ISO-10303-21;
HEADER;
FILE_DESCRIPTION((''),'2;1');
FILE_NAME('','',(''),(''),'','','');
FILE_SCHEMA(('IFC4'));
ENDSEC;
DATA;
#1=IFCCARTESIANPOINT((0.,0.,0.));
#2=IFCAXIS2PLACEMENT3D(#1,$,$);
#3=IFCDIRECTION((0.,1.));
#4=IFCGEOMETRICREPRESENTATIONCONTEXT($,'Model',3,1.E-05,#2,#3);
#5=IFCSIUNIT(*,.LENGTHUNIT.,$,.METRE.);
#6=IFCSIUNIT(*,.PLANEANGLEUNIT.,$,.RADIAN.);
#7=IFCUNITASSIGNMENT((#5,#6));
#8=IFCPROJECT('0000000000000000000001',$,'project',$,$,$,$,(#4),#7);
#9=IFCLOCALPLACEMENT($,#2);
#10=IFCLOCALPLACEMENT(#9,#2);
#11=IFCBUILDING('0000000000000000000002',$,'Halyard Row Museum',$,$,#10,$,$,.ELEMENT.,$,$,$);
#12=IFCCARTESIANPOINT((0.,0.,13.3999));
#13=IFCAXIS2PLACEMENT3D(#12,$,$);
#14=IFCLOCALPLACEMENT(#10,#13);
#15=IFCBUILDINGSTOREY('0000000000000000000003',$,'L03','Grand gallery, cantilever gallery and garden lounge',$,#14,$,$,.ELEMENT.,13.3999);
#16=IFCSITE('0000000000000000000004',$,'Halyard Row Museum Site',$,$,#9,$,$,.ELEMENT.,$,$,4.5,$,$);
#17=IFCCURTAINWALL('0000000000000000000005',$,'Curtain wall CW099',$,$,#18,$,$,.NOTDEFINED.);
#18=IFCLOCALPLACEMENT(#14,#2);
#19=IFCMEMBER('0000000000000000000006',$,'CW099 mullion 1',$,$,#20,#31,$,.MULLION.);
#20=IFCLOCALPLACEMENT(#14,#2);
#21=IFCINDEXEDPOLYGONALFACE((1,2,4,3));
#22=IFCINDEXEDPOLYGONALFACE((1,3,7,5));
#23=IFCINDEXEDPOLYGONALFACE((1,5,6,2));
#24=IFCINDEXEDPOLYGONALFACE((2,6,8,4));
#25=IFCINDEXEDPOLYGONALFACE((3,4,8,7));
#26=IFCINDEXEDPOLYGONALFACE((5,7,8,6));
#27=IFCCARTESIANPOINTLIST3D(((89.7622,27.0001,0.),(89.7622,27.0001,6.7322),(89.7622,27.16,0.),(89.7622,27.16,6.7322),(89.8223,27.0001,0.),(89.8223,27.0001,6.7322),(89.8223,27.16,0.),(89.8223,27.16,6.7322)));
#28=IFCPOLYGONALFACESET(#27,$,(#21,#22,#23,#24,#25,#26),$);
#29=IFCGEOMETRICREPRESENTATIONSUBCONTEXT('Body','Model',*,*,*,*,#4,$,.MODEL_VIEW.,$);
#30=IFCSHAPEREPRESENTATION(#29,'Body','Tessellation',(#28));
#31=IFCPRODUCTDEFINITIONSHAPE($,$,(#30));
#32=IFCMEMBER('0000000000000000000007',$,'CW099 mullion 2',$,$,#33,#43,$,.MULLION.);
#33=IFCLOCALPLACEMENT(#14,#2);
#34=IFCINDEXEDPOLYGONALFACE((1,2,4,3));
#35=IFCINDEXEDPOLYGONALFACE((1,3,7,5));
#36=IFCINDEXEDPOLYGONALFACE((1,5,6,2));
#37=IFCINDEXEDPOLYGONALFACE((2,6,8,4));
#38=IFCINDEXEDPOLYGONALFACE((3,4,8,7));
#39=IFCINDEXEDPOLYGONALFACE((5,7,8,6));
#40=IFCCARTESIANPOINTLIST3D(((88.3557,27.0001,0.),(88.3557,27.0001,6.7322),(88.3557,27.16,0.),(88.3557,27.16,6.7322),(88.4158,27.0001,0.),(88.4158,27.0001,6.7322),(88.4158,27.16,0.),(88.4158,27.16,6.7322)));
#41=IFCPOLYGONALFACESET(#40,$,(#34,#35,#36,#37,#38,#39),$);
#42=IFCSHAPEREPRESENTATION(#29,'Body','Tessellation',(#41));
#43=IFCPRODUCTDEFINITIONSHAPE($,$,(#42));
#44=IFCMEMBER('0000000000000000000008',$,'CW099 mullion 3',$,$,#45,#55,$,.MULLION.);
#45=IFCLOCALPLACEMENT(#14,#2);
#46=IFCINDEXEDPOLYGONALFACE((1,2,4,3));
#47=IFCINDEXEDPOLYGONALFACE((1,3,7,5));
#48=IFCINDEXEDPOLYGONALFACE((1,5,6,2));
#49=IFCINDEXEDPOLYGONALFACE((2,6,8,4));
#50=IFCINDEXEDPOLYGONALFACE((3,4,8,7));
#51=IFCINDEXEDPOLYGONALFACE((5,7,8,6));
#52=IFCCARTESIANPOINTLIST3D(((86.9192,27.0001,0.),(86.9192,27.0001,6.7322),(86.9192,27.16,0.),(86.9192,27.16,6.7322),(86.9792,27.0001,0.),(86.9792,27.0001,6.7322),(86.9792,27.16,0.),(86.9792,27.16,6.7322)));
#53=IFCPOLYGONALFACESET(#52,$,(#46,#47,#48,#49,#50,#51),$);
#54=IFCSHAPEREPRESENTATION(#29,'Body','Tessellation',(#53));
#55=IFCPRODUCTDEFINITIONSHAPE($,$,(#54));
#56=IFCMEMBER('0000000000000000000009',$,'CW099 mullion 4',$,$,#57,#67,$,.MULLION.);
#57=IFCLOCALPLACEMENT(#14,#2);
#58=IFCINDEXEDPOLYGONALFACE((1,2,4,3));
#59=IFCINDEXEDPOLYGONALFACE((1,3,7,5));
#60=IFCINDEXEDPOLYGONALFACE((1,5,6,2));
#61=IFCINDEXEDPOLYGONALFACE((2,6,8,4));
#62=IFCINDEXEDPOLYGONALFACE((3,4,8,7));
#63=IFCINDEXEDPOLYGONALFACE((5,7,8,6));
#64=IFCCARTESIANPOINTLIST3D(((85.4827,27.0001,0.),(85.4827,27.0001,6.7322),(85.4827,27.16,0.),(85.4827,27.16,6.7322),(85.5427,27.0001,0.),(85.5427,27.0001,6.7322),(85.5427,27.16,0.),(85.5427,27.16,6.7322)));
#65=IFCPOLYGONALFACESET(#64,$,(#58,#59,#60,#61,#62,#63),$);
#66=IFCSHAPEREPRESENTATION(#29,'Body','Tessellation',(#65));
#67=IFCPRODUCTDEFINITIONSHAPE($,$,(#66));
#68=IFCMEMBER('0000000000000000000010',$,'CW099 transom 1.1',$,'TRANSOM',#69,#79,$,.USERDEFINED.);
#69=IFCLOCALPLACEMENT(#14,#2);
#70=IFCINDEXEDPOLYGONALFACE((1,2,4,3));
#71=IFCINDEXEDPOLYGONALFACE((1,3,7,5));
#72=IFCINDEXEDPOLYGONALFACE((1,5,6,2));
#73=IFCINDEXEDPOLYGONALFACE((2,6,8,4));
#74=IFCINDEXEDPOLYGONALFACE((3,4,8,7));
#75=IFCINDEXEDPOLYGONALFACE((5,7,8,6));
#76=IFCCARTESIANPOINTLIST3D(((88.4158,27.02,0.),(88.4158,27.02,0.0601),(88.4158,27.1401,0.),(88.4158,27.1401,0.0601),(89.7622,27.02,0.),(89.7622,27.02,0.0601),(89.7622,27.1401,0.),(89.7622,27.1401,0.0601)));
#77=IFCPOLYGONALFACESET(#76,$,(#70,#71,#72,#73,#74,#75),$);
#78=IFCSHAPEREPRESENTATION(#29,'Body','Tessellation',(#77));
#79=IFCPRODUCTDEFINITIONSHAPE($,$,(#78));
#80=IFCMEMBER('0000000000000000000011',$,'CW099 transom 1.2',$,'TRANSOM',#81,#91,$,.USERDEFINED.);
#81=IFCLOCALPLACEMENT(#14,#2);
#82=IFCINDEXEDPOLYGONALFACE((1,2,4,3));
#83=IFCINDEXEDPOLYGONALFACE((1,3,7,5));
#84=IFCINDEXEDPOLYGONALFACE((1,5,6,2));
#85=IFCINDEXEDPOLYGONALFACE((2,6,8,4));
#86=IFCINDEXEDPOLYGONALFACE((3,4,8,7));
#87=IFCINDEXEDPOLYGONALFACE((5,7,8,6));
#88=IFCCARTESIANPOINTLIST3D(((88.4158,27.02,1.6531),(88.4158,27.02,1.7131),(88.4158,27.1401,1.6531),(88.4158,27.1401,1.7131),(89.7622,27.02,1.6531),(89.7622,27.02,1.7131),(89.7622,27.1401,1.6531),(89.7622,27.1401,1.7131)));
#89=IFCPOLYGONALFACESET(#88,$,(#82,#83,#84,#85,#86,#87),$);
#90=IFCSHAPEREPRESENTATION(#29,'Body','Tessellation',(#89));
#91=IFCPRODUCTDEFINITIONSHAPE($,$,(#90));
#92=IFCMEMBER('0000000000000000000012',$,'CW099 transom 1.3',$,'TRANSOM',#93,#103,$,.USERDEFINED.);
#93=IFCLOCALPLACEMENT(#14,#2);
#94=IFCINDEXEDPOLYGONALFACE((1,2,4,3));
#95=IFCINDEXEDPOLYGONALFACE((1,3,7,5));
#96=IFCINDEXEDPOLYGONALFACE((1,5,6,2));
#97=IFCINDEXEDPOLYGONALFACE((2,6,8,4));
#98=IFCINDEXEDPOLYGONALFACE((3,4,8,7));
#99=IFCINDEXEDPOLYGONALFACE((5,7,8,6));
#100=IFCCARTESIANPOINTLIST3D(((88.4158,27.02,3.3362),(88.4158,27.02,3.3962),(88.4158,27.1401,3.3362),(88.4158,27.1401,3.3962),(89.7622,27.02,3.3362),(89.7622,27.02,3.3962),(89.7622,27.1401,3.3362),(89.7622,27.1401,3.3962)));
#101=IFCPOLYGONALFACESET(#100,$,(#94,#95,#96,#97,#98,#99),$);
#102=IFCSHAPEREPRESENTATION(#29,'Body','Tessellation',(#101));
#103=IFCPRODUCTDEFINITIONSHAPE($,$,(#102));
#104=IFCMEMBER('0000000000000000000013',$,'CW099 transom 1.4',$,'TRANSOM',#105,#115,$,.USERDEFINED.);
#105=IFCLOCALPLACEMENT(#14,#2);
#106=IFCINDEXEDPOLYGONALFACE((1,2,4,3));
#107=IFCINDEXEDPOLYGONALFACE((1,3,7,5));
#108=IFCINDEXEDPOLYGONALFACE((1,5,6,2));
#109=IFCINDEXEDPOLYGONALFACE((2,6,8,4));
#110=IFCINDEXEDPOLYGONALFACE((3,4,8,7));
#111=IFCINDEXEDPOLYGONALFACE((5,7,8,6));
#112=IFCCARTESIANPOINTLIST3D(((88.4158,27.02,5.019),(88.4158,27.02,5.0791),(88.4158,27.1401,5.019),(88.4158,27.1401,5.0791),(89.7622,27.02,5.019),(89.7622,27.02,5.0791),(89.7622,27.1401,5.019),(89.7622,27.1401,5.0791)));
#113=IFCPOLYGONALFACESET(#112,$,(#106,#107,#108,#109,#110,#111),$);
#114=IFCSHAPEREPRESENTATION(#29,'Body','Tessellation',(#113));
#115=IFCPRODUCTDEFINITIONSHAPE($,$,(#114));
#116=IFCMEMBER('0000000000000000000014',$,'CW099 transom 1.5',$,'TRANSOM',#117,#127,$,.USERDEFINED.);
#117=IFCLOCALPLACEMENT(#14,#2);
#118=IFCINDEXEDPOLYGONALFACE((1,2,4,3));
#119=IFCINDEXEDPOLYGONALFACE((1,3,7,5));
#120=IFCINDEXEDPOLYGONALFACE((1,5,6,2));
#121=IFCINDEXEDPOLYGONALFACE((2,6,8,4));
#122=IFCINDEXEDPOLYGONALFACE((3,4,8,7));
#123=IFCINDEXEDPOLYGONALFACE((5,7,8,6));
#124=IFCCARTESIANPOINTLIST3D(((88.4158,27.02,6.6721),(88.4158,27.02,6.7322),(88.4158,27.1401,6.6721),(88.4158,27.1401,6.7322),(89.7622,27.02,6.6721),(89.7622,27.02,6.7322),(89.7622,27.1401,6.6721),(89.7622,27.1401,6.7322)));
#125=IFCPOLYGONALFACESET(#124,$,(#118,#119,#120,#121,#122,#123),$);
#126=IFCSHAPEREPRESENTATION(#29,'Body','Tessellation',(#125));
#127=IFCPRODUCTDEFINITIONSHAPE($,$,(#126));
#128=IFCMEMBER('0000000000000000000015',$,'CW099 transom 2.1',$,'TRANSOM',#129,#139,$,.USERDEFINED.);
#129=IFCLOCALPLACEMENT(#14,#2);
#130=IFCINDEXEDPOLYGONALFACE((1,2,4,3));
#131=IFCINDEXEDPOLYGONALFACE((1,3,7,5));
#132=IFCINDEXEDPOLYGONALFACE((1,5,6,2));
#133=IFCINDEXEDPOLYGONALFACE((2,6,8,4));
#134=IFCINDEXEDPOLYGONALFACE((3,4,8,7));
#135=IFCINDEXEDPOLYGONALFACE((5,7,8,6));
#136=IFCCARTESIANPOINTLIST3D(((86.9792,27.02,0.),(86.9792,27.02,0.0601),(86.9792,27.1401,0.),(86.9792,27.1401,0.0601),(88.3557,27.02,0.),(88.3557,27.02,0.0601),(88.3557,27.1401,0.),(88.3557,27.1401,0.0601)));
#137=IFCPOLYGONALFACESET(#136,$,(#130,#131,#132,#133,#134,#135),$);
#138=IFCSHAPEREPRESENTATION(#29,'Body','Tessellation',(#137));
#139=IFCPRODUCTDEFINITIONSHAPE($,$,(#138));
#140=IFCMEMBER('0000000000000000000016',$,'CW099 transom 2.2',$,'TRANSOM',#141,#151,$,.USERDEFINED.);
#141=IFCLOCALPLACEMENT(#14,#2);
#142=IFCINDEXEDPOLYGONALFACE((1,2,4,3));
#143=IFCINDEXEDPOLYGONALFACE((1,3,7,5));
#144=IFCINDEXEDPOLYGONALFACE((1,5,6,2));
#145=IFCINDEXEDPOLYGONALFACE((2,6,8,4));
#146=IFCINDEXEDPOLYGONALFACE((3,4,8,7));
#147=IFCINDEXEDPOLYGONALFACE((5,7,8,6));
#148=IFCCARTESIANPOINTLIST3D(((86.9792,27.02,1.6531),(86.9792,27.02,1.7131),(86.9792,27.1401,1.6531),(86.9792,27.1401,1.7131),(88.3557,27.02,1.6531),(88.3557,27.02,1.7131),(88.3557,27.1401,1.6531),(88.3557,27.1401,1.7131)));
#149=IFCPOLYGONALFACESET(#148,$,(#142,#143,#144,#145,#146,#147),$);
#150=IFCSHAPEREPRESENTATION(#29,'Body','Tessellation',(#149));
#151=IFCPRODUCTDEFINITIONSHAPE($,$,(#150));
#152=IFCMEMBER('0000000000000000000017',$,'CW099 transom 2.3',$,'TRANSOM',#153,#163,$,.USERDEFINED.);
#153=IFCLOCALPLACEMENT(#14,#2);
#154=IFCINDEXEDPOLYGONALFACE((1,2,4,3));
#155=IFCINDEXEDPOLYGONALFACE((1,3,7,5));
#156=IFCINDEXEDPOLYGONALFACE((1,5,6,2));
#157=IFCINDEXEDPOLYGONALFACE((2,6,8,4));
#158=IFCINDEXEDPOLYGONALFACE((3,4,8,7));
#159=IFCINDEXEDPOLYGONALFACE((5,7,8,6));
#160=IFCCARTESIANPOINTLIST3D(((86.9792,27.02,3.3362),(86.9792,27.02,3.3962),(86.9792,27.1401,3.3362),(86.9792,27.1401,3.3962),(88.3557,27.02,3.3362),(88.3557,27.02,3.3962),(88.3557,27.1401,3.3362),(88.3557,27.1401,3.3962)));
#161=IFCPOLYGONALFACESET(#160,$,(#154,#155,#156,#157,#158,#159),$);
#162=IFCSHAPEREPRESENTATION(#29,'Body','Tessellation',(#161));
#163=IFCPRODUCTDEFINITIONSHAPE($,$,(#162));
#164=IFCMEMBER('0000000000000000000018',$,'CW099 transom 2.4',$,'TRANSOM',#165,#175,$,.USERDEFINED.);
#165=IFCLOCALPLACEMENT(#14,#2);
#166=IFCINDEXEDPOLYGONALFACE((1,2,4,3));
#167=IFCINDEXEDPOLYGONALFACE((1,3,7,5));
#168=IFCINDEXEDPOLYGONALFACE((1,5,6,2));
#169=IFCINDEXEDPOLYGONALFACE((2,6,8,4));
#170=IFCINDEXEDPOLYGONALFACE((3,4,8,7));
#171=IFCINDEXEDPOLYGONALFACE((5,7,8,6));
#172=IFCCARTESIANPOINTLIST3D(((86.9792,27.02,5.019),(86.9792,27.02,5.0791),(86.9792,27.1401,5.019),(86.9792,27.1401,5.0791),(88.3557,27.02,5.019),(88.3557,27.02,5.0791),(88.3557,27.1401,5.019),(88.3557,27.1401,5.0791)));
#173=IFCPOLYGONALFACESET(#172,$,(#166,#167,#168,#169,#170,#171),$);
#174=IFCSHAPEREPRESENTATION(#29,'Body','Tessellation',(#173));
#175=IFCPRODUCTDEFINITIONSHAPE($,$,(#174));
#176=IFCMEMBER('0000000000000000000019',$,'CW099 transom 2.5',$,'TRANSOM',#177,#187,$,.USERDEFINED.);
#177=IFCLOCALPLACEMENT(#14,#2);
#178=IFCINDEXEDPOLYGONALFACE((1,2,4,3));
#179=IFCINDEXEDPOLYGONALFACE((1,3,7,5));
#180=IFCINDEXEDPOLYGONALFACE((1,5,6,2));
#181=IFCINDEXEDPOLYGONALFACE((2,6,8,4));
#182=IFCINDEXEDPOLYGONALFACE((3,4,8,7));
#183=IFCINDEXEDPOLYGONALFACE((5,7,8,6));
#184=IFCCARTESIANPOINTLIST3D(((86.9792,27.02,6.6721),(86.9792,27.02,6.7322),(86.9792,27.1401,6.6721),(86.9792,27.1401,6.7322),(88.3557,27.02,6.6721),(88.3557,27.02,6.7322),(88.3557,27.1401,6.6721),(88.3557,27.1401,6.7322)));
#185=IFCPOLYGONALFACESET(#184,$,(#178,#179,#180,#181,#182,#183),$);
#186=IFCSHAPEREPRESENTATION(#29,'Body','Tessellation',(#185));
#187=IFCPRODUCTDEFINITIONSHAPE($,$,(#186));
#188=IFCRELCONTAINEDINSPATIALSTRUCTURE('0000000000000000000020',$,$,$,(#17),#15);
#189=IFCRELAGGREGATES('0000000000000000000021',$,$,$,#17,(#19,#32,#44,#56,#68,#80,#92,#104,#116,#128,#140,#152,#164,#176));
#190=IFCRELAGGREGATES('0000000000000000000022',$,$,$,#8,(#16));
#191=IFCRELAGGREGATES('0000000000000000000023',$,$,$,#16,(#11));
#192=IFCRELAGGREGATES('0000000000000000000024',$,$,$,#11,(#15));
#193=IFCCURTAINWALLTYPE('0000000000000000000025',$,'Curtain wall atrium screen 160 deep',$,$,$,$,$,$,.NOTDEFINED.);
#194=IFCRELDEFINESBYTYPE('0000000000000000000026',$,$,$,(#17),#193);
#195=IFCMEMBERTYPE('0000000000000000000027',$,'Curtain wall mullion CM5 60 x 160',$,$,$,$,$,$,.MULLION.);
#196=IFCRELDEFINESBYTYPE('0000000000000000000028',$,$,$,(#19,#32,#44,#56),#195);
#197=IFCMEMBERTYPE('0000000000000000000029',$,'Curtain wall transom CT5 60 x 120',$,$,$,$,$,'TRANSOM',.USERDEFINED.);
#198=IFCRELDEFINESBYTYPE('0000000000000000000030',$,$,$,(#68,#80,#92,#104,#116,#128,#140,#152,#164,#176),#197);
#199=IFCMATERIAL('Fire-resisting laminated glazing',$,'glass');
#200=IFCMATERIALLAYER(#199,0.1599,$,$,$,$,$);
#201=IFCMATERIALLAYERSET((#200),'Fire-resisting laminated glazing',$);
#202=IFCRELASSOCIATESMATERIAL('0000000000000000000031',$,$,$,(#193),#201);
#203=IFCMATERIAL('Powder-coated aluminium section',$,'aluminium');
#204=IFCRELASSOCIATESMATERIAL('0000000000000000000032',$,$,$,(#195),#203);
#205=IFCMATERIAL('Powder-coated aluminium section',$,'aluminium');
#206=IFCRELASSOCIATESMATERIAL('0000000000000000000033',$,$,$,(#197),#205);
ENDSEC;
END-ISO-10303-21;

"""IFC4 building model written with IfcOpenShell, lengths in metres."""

from ifc_helpers import new_model, si_unit, direction, frame, origin, origin_2d, place, context, subcontext, project, spatial, rectangle, extrude, material, layer, layer_set, material_profile, profile_set, type_object, element, aggregate, save


model = new_model("IFC4")

# Units and contexts
model_context = context("Model", 3, precision=1e-05, world=origin(), true_north=direction((0.0, 1.0)))
body_context = subcontext(model_context, "Body", "Model", "MODEL_VIEW")
ifc_project = project(units=[si_unit("LENGTHUNIT", "METRE"), si_unit("PLANEANGLEUNIT", "RADIAN")], contexts=[model_context])

# Site, building, storey
site_placement = place(None, origin())
site = spatial("IfcSite", under=ifc_project, at=site_placement, Name="Halyard Row Museum Site", CompositionType="ELEMENT", RefElevation=4.5)
building_placement = place(site_placement, origin())
building = spatial("IfcBuilding", under=site, at=building_placement, Name="Halyard Row Museum", CompositionType="ELEMENT")
storey_placement = place(building_placement, frame((0.0, 0.0, 13.3999)))
storey = spatial("IfcBuildingStorey", under=building, at=storey_placement, Name="L03", Description="Grand gallery, cantilever gallery and garden lounge", CompositionType="ELEMENT", Elevation=13.3999)

# Curtain wall, members
ifc_material_1 = material(Name="Fire-resisting laminated glazing", Category="glass")
ifc_layer_1 = layer(ifc_material_1, 0.1599)
ifc_layer_set_1 = layer_set([ifc_layer_1], Name="Fire-resisting laminated glazing")
curtain_wall_type = type_object("IfcCurtainWallType", Name="Curtain wall atrium screen 160 deep", PredefinedType="NOTDEFINED", material=ifc_layer_set_1)
curtain_wall_placement = place(storey_placement, origin())
curtain_wall = element("IfcCurtainWall", 1, at=curtain_wall_placement, inside=storey, type_object=curtain_wall_type, Name="Curtain wall CW099", PredefinedType="NOTDEFINED")
ifc_material_2 = material(Name="Powder-coated aluminium section", Category="aluminium")
ifc_material_profile_1 = material_profile(ifc_material_2, rectangle(XDim=0.1599, YDim=0.0601, at=origin_2d()), Name="160x60 mullion")
ifc_profile_set_1 = profile_set([ifc_material_profile_1], Name="Powder-coated aluminium section")
member_type_1 = type_object("IfcMemberType", Name="Curtain wall mullion CM5 60 x 160", PredefinedType="MULLION", material=ifc_profile_set_1)
member_1_placement = place(storey_placement, frame((89.7922, 27.0801, 0.0), z_axis=(0.0, 0.0, 1.0), x_axis=(0.0, -1.0, 0.0)))
member_1 = element("IfcMember", 2, at=member_1_placement, type_object=member_type_1, Name="CW099 mullion 1", PredefinedType="MULLION", context=body_context, shape_type="SweptSolid", body=[
    extrude(rectangle(XDim=0.1599, YDim=0.0601, at=origin_2d()), origin(), (0.0, 0.0, 1.0), 6.7322),
])
member_2_placement = place(storey_placement, frame((88.3857, 27.0801, 0.0), z_axis=(0.0, 0.0, 1.0), x_axis=(0.0, -1.0, 0.0)))
member_2 = element("IfcMember", 3, at=member_2_placement, type_object=member_type_1, Name="CW099 mullion 2", PredefinedType="MULLION", context=body_context, shape_type="SweptSolid", body=[
    extrude(rectangle(XDim=0.1599, YDim=0.0601, at=origin_2d()), origin(), (0.0, 0.0, 1.0), 6.7322),
])
member_3_placement = place(storey_placement, frame((86.9492, 27.0801, 0.0), z_axis=(0.0, 0.0, 1.0), x_axis=(0.0, -1.0, 0.0)))
member_3 = element("IfcMember", 4, at=member_3_placement, type_object=member_type_1, Name="CW099 mullion 3", PredefinedType="MULLION", context=body_context, shape_type="SweptSolid", body=[
    extrude(rectangle(XDim=0.1599, YDim=0.0601, at=origin_2d()), origin(), (0.0, 0.0, 1.0), 6.7322),
])
member_4_placement = place(storey_placement, frame((85.5127, 27.0801, 0.0), z_axis=(0.0, 0.0, 1.0), x_axis=(0.0, -1.0, 0.0)))
member_4 = element("IfcMember", 5, at=member_4_placement, type_object=member_type_1, Name="CW099 mullion 4", PredefinedType="MULLION", context=body_context, shape_type="SweptSolid", body=[
    extrude(rectangle(XDim=0.1599, YDim=0.0601, at=origin_2d()), origin(), (0.0, 0.0, 1.0), 6.7322),
])
ifc_material_3 = material(Name="Powder-coated aluminium section", Category="aluminium")
ifc_material_profile_2 = material_profile(ifc_material_3, rectangle(XDim=0.1201, YDim=0.0601, at=origin_2d()), Name="120x60 transom")
ifc_profile_set_2 = profile_set([ifc_material_profile_2], Name="Powder-coated aluminium section")
member_type_2 = type_object("IfcMemberType", Name="Curtain wall transom CT5 60 x 120", ElementType="TRANSOM", PredefinedType="USERDEFINED", material=ifc_profile_set_2)
member_5_placement = place(storey_placement, frame((89.7622, 27.0801, 0.03), z_axis=(-1.0, 0.0, 0.0), x_axis=(0.0, -1.0, 0.0)))
member_5 = element("IfcMember", 6, at=member_5_placement, type_object=member_type_2, Name="CW099 transom 1.1", ObjectType="TRANSOM", PredefinedType="USERDEFINED", context=body_context, shape_type="SweptSolid", body=[
    extrude(rectangle(XDim=0.1201, YDim=0.0601, at=origin_2d()), origin(), (0.0, 0.0, 1.0), 1.3464),
])
member_6_placement = place(storey_placement, frame((89.7622, 27.0801, 1.6831), z_axis=(-1.0, 0.0, 0.0), x_axis=(0.0, -1.0, 0.0)))
member_6 = element("IfcMember", 7, at=member_6_placement, type_object=member_type_2, Name="CW099 transom 1.2", ObjectType="TRANSOM", PredefinedType="USERDEFINED", context=body_context, shape_type="SweptSolid", body=[
    extrude(rectangle(XDim=0.1201, YDim=0.0601, at=origin_2d()), origin(), (0.0, 0.0, 1.0), 1.3464),
])
member_7_placement = place(storey_placement, frame((89.7622, 27.0801, 3.3662), z_axis=(-1.0, 0.0, 0.0), x_axis=(0.0, -1.0, 0.0)))
member_7 = element("IfcMember", 8, at=member_7_placement, type_object=member_type_2, Name="CW099 transom 1.3", ObjectType="TRANSOM", PredefinedType="USERDEFINED", context=body_context, shape_type="SweptSolid", body=[
    extrude(rectangle(XDim=0.1201, YDim=0.0601, at=origin_2d()), origin(), (0.0, 0.0, 1.0), 1.3464),
])
member_8_placement = place(storey_placement, frame((89.7622, 27.0801, 5.0491), z_axis=(-1.0, 0.0, 0.0), x_axis=(0.0, -1.0, 0.0)))
member_8 = element("IfcMember", 9, at=member_8_placement, type_object=member_type_2, Name="CW099 transom 1.4", ObjectType="TRANSOM", PredefinedType="USERDEFINED", context=body_context, shape_type="SweptSolid", body=[
    extrude(rectangle(XDim=0.1201, YDim=0.0601, at=origin_2d()), origin(), (0.0, 0.0, 1.0), 1.3464),
])
member_9_placement = place(storey_placement, frame((89.7622, 27.0801, 6.7021), z_axis=(-1.0, 0.0, 0.0), x_axis=(0.0, -1.0, 0.0)))
member_9 = element("IfcMember", 10, at=member_9_placement, type_object=member_type_2, Name="CW099 transom 1.5", ObjectType="TRANSOM", PredefinedType="USERDEFINED", context=body_context, shape_type="SweptSolid", body=[
    extrude(rectangle(XDim=0.1201, YDim=0.0601, at=origin_2d()), origin(), (0.0, 0.0, 1.0), 1.3464),
])
member_10_placement = place(storey_placement, frame((88.3557, 27.0801, 0.03), z_axis=(-1.0, 0.0, 0.0), x_axis=(0.0, -1.0, 0.0)))
member_10 = element("IfcMember", 11, at=member_10_placement, type_object=member_type_2, Name="CW099 transom 2.1", ObjectType="TRANSOM", PredefinedType="USERDEFINED", context=body_context, shape_type="SweptSolid", body=[
    extrude(rectangle(XDim=0.1201, YDim=0.0601, at=origin_2d()), origin(), (0.0, 0.0, 1.0), 1.3765),
])
member_11_placement = place(storey_placement, frame((88.3557, 27.0801, 1.6831), z_axis=(-1.0, 0.0, 0.0), x_axis=(0.0, -1.0, 0.0)))
member_11 = element("IfcMember", 12, at=member_11_placement, type_object=member_type_2, Name="CW099 transom 2.2", ObjectType="TRANSOM", PredefinedType="USERDEFINED", context=body_context, shape_type="SweptSolid", body=[
    extrude(rectangle(XDim=0.1201, YDim=0.0601, at=origin_2d()), origin(), (0.0, 0.0, 1.0), 1.3765),
])
member_12_placement = place(storey_placement, frame((88.3557, 27.0801, 3.3662), z_axis=(-1.0, 0.0, 0.0), x_axis=(0.0, -1.0, 0.0)))
member_12 = element("IfcMember", 13, at=member_12_placement, type_object=member_type_2, Name="CW099 transom 2.3", ObjectType="TRANSOM", PredefinedType="USERDEFINED", context=body_context, shape_type="SweptSolid", body=[
    extrude(rectangle(XDim=0.1201, YDim=0.0601, at=origin_2d()), origin(), (0.0, 0.0, 1.0), 1.3765),
])
member_13_placement = place(storey_placement, frame((88.3557, 27.0801, 5.0491), z_axis=(-1.0, 0.0, 0.0), x_axis=(0.0, -1.0, 0.0)))
member_13 = element("IfcMember", 14, at=member_13_placement, type_object=member_type_2, Name="CW099 transom 2.4", ObjectType="TRANSOM", PredefinedType="USERDEFINED", context=body_context, shape_type="SweptSolid", body=[
    extrude(rectangle(XDim=0.1201, YDim=0.0601, at=origin_2d()), origin(), (0.0, 0.0, 1.0), 1.3765),
])
member_14_placement = place(storey_placement, frame((88.3557, 27.0801, 6.7021), z_axis=(-1.0, 0.0, 0.0), x_axis=(0.0, -1.0, 0.0)))
member_14 = element("IfcMember", 15, at=member_14_placement, type_object=member_type_2, Name="CW099 transom 2.5", ObjectType="TRANSOM", PredefinedType="USERDEFINED", context=body_context, shape_type="SweptSolid", body=[
    extrude(rectangle(XDim=0.1201, YDim=0.0601, at=origin_2d()), origin(), (0.0, 0.0, 1.0), 1.3765),
])

aggregate(curtain_wall, [member_1, member_2, member_3, member_4, member_5, member_6, member_7, member_8, member_9, member_10, member_11, member_12, member_13, member_14])

save(model, "model.ifc")
